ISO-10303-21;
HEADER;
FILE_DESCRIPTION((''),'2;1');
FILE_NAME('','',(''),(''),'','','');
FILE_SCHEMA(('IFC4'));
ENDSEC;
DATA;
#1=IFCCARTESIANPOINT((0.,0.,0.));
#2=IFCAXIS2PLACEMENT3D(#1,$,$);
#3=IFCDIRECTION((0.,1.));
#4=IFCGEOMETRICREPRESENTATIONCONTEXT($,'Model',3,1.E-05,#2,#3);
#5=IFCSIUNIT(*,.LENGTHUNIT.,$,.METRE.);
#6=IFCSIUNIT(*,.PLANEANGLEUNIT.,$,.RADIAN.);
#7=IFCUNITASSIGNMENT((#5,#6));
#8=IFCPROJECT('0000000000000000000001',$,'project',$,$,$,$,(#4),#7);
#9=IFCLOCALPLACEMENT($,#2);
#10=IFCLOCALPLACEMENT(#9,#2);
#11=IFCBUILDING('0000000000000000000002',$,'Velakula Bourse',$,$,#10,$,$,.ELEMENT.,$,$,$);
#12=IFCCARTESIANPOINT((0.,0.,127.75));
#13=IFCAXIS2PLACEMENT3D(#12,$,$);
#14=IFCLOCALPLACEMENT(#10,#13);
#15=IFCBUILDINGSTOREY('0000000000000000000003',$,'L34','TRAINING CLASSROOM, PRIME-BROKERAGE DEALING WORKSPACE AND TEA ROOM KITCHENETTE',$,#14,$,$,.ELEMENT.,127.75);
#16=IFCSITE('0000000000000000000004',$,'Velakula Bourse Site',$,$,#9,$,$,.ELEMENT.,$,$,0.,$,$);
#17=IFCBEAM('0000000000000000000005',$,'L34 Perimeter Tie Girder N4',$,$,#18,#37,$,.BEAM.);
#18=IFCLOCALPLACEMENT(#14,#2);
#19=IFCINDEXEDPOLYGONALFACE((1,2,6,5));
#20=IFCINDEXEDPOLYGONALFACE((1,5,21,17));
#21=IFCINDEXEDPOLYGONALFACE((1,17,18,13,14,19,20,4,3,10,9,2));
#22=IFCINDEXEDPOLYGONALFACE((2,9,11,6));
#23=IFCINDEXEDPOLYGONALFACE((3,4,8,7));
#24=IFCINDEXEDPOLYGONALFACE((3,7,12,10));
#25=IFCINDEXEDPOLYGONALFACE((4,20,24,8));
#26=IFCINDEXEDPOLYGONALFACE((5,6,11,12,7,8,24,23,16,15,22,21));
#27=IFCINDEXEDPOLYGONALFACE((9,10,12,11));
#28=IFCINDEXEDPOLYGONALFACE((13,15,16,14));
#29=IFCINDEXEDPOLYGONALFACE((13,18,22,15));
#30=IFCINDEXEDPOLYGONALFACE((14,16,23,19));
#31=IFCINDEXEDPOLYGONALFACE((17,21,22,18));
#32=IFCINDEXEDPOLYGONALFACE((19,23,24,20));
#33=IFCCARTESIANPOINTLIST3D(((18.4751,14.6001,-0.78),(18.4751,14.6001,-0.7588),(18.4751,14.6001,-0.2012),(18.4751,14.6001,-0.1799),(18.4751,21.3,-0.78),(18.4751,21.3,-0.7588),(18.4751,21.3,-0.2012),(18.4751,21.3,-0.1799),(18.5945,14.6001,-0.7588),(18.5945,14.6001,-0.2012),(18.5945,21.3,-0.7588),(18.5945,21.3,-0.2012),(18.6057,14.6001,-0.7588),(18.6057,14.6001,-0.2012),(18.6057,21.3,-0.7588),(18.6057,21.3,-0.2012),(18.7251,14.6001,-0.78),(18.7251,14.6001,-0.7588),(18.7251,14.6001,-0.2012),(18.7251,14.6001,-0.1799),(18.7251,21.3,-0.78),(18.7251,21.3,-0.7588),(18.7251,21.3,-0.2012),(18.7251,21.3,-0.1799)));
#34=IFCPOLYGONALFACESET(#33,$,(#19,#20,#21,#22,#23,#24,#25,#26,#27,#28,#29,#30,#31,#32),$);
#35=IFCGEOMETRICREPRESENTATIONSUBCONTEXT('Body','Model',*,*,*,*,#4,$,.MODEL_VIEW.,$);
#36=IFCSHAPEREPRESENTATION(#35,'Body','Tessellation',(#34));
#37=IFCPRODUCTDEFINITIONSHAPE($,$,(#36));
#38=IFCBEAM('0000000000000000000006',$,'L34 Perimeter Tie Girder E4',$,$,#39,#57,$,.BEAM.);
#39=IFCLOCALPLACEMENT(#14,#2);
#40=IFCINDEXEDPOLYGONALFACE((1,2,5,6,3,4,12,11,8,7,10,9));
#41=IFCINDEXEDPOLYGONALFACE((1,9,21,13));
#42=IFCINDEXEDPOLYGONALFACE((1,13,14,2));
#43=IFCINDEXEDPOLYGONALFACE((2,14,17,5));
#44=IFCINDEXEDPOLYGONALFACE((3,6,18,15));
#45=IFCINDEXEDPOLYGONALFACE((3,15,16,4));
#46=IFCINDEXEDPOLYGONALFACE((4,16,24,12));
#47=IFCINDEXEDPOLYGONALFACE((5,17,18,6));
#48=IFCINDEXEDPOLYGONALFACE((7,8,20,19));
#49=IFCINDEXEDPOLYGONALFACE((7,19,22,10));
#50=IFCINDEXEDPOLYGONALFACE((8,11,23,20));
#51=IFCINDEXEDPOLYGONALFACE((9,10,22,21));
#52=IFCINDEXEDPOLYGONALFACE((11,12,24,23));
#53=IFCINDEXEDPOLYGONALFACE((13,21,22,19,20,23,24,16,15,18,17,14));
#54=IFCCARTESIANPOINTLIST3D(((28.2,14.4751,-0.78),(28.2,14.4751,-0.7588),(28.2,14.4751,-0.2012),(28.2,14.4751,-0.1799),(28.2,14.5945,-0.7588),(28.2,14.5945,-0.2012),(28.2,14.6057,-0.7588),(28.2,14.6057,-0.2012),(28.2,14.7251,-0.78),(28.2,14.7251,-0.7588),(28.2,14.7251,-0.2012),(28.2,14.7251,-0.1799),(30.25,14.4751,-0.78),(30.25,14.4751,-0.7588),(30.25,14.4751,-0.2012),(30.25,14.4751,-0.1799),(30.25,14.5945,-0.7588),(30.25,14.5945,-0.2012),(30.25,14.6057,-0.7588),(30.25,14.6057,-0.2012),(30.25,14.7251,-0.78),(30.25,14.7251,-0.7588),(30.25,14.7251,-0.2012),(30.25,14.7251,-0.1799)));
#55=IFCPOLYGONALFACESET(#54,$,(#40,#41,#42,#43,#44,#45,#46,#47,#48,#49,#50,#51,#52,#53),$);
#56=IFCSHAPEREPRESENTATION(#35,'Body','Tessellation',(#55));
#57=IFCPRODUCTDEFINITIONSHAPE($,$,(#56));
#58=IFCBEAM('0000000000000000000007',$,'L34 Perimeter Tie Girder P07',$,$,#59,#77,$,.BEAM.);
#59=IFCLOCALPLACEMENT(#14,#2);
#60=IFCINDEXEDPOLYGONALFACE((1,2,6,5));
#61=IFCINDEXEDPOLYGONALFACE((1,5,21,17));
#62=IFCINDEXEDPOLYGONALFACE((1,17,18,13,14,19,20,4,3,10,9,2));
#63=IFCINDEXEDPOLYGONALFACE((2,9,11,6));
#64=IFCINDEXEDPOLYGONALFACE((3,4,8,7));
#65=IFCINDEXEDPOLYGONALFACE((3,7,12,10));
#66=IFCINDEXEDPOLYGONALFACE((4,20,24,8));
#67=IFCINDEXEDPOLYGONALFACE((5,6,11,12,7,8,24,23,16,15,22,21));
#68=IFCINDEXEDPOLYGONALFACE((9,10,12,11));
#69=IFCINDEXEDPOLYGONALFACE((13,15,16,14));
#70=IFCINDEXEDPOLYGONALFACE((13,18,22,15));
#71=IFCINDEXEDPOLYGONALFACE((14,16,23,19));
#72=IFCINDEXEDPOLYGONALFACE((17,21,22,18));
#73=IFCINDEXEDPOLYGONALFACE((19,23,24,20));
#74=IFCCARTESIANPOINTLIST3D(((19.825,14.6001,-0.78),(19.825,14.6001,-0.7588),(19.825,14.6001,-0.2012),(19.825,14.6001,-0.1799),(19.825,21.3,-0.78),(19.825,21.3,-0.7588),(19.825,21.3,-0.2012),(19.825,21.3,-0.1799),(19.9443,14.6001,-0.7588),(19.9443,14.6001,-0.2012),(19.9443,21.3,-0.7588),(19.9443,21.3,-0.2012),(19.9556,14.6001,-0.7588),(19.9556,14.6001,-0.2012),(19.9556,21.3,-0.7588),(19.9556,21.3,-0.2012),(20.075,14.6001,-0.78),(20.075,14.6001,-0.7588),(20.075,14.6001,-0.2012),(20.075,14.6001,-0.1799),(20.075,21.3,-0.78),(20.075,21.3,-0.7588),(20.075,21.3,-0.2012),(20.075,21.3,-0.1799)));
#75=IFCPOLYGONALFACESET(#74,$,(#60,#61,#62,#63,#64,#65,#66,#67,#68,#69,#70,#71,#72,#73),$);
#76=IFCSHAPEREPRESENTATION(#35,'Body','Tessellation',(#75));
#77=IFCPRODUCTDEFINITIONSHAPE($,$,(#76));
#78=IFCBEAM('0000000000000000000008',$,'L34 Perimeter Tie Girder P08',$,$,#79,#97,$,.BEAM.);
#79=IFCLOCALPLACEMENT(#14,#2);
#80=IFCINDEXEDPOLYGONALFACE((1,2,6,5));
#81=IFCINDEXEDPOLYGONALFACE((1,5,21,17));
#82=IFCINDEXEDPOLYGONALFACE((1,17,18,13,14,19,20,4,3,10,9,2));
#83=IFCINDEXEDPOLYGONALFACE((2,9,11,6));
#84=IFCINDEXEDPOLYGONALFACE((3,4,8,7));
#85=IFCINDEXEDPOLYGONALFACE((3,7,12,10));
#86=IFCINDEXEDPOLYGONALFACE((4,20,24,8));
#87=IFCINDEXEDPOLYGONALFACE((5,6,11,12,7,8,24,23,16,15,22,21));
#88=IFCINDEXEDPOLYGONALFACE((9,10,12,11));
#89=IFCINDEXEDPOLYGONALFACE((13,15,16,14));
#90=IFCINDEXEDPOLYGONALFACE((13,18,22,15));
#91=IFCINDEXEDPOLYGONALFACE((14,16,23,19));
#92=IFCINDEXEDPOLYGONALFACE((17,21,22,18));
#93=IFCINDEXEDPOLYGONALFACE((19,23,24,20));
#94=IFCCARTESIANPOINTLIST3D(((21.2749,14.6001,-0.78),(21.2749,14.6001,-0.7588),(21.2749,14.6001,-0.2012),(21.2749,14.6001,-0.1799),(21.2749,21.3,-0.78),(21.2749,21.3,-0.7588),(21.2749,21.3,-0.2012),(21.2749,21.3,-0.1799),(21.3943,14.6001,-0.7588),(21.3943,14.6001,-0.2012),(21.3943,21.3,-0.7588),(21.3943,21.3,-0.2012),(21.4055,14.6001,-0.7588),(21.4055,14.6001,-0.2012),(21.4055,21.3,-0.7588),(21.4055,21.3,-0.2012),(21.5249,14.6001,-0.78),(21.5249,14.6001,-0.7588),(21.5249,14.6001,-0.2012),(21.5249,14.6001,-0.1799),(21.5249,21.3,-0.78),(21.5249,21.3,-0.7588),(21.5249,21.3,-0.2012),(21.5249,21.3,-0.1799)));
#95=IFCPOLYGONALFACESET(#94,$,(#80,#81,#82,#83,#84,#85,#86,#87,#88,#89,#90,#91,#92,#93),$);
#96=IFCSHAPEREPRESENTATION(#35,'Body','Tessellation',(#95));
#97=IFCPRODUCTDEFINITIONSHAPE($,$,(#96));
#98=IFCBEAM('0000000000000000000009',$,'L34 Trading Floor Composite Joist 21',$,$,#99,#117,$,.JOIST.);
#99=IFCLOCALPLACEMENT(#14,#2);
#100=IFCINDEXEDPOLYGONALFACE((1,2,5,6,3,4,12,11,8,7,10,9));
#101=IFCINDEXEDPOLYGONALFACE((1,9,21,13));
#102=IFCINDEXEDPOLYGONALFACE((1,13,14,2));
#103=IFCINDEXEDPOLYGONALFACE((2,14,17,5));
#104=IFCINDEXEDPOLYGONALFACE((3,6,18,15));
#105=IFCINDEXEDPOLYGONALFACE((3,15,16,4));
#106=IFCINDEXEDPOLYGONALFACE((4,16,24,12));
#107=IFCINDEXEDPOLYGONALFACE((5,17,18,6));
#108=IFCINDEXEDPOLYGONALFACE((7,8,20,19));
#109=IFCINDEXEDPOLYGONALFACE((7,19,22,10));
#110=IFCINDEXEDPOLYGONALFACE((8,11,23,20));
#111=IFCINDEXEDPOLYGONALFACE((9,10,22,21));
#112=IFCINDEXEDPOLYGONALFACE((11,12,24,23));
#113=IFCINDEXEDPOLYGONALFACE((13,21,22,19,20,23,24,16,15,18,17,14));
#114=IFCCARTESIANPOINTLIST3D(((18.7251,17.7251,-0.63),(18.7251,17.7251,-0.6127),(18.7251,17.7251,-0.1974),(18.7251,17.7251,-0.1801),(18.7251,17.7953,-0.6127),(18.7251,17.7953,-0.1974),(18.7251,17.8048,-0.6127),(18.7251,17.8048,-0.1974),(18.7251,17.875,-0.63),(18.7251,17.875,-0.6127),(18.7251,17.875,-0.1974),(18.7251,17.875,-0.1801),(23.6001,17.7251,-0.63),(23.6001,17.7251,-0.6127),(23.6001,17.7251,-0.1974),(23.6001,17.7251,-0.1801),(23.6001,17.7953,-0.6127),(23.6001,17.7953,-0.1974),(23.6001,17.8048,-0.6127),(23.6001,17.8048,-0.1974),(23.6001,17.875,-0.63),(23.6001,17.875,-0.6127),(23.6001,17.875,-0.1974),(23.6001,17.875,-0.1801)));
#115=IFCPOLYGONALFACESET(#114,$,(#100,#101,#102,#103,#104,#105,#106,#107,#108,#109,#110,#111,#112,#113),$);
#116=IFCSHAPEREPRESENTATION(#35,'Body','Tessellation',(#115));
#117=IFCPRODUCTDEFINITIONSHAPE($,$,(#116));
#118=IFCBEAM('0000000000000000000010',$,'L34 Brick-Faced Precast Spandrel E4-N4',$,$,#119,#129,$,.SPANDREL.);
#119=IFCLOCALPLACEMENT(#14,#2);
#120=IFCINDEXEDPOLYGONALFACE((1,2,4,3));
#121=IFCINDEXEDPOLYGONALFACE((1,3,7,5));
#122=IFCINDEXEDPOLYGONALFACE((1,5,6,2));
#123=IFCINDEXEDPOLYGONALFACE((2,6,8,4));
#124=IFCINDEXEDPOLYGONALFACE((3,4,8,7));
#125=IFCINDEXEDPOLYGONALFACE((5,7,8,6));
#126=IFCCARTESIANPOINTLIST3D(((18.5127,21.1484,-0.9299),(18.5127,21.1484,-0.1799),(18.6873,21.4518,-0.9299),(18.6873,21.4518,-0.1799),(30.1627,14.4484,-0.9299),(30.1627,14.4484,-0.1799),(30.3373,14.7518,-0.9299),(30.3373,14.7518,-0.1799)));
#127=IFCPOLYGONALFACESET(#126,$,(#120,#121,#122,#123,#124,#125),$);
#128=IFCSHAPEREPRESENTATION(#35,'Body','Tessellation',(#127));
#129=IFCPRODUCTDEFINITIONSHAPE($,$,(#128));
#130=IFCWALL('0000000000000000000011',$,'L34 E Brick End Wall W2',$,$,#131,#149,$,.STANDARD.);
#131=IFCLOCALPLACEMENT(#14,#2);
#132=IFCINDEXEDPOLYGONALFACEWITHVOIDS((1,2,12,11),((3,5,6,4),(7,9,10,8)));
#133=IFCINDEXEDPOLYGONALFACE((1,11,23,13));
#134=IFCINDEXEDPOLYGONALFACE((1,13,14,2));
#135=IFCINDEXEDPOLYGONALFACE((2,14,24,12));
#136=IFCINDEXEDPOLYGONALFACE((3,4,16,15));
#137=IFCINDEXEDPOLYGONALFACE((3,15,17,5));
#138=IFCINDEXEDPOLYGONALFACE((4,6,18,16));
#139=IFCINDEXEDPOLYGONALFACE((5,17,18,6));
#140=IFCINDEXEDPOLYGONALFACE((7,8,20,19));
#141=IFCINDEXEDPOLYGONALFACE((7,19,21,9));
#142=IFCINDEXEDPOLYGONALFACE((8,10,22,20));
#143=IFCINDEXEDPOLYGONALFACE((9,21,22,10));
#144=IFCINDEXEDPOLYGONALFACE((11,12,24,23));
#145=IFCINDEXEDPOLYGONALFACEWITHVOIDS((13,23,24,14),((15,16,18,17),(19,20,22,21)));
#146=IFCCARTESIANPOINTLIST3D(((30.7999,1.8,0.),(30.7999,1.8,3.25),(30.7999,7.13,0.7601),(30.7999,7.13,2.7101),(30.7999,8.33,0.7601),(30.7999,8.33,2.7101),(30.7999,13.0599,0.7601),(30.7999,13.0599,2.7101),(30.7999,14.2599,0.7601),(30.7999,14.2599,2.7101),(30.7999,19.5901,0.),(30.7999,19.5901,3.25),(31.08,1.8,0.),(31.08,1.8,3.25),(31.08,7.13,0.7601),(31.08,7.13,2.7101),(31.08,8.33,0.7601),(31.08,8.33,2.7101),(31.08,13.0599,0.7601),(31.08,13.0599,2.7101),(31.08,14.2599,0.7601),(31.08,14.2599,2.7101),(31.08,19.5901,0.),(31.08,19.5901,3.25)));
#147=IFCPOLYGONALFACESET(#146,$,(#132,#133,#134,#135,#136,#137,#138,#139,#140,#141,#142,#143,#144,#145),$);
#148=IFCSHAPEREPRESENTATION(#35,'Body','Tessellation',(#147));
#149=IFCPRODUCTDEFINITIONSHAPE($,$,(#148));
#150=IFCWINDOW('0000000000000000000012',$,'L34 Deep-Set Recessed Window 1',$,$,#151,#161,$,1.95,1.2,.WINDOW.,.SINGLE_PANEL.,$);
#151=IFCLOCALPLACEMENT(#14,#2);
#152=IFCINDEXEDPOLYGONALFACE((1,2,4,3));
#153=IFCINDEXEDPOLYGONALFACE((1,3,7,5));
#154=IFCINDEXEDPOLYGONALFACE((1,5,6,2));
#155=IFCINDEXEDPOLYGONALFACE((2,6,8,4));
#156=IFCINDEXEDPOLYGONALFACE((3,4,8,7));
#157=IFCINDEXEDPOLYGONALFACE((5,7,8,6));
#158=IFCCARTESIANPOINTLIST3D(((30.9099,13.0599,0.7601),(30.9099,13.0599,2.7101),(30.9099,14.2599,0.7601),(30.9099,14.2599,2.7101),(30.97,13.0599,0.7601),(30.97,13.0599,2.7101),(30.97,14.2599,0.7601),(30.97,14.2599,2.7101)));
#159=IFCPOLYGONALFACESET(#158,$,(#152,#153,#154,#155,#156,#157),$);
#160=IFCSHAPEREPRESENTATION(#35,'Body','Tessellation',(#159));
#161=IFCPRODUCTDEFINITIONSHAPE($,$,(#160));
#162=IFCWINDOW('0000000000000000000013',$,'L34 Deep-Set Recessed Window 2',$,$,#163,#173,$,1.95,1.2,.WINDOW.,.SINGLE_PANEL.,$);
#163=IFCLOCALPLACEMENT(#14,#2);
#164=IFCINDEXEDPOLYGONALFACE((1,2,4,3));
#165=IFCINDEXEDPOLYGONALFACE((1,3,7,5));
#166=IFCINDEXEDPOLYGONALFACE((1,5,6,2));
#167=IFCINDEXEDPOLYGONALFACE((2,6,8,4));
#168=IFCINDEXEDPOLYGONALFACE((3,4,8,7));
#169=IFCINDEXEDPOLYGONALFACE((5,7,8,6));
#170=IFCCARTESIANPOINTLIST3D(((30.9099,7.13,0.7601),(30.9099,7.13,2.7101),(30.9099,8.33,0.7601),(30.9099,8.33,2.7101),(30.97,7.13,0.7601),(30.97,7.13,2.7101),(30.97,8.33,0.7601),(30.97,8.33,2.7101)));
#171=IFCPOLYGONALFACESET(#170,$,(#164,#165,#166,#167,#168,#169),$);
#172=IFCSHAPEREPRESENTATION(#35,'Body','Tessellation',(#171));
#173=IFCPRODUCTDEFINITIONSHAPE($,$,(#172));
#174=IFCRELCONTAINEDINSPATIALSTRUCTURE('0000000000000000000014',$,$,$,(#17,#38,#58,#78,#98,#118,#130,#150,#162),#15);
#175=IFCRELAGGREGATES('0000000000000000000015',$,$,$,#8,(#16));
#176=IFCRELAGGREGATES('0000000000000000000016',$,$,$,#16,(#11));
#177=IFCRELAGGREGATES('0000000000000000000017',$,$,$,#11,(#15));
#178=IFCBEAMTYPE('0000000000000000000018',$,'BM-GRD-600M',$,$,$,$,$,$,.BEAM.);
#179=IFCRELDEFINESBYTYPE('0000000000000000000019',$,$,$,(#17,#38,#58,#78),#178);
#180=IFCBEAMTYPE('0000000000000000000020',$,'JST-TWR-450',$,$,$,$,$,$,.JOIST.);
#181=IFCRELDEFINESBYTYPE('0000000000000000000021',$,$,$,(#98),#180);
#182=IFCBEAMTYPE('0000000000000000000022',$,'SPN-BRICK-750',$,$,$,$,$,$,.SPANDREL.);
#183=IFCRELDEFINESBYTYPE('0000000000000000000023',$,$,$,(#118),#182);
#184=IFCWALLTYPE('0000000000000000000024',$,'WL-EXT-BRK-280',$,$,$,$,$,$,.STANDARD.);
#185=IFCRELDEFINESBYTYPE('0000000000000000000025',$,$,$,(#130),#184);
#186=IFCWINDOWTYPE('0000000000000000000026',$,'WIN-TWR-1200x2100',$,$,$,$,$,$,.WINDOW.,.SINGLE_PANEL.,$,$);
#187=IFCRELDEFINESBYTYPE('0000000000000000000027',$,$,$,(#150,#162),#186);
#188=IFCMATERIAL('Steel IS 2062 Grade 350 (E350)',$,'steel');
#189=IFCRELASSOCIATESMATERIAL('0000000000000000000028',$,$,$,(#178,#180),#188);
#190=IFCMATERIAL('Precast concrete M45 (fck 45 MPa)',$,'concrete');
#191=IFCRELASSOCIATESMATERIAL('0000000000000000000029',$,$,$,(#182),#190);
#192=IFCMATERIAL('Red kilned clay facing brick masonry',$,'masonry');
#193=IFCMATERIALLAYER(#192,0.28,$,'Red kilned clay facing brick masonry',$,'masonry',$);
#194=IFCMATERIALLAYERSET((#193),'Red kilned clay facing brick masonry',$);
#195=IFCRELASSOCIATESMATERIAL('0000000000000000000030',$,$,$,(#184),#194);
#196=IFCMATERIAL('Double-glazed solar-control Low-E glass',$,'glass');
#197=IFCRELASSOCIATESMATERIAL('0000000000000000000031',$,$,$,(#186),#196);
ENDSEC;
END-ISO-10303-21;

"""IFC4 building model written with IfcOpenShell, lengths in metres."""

from ifc_helpers import new_model, si_unit, direction, frame, frame_2d, origin, origin_2d, place, context, subcontext, project, spatial, rectangle, i_section, extrude, material, layer, layer_set, material_profile, profile_set, type_object, element, fill, save


model = new_model("IFC4")

# Units and contexts
model_context = context("Model", 3, precision=1e-05, world=origin(), true_north=direction((0.0, 1.0)))
body_context = subcontext(model_context, "Body", "Model", "MODEL_VIEW")
ifc_project = project(units=[si_unit("LENGTHUNIT", "METRE"), si_unit("PLANEANGLEUNIT", "RADIAN")], contexts=[model_context])

# Site, building, storey
site_placement = place(None, origin())
site = spatial("IfcSite", under=ifc_project, at=site_placement, Name="Velakula Bourse Site", CompositionType="ELEMENT", RefElevation=0.0)
building_placement = place(site_placement, origin())
building = spatial("IfcBuilding", under=site, at=building_placement, Name="Velakula Bourse", CompositionType="ELEMENT")
storey_placement = place(building_placement, frame((0.0, 0.0, 127.75)))
storey = spatial("IfcBuildingStorey", under=building, at=storey_placement, Name="L34", Description="TRAINING CLASSROOM, PRIME-BROKERAGE DEALING WORKSPACE AND TEA ROOM KITCHENETTE", CompositionType="ELEMENT", Elevation=127.75)

# Shared definitions
ifc_material_1 = material(Name="Steel IS 2062 Grade 350 (E350)", Category="steel")
ifc_material_2 = material(Name="Precast concrete M45 (fck 45 MPa)", Category="concrete")

# Beams
ifc_material_profile_1 = material_profile(ifc_material_1, i_section(OverallWidth=0.25, OverallDepth=0.6001, WebThickness=0.0112, FlangeThickness=0.0212, at=origin_2d()), Name="Steel IS 2062 Grade 350 (E350)")
ifc_profile_set_1 = profile_set([ifc_material_profile_1], Name="Steel IS 2062 Grade 350 (E350)")
beam_type_1 = type_object("IfcBeamType", Name="BM-GRD-600M", PredefinedType="BEAM", material=ifc_profile_set_1)
beam_1_placement = place(storey_placement, frame((18.6001, 14.6001, -0.48), z_axis=(0.0, 1.0, 0.0), x_axis=(-1.0, 0.0, 0.0)))
element("IfcBeam", 1, at=beam_1_placement, inside=storey, type_object=beam_type_1, Name="L34 Perimeter Tie Girder N4", PredefinedType="BEAM", context=body_context, shape_type="SweptSolid", body=[
    extrude(i_section(OverallWidth=0.25, OverallDepth=0.6001, WebThickness=0.0112, FlangeThickness=0.0212, at=origin_2d()), origin(), (0.0, 0.0, 1.0), 6.7),
])
beam_2_placement = place(storey_placement, frame((28.2, 14.6001, -0.48), z_axis=(1.0, 0.0, 0.0), x_axis=(0.0, 1.0, 0.0)))
element("IfcBeam", 2, at=beam_2_placement, inside=storey, type_object=beam_type_1, Name="L34 Perimeter Tie Girder E4", PredefinedType="BEAM", context=body_context, shape_type="SweptSolid", body=[
    extrude(i_section(OverallWidth=0.25, OverallDepth=0.6001, WebThickness=0.0112, FlangeThickness=0.0212, at=origin_2d()), origin(), (0.0, 0.0, 1.0), 2.05),
])
for number, where, z_axis, x_axis, name in (
    (3, (19.95, 14.6001, -0.48), (0.0, 1.0, 0.0), (-1.0, 0.0, 0.0), "L34 Perimeter Tie Girder P07"),
    (4, (21.3999, 14.6001, -0.48), (0.0, 1.0, 0.0), (-1.0, 0.0, 0.0), "L34 Perimeter Tie Girder P08"),
):
    element("IfcBeam", number, at=place(storey_placement, frame(where, z_axis=z_axis, x_axis=x_axis)), inside=storey, type_object=beam_type_1, Name=name, PredefinedType="BEAM", context=body_context, shape_type="SweptSolid", body=[
        extrude(i_section(OverallWidth=0.25, OverallDepth=0.6001, WebThickness=0.0112, FlangeThickness=0.0212, at=origin_2d()), origin(), (0.0, 0.0, 1.0), 6.7),
    ])
ifc_material_profile_2 = material_profile(ifc_material_1, i_section(OverallWidth=0.1499, OverallDepth=0.45, WebThickness=0.0095, FlangeThickness=0.0173, at=origin_2d()), Name="Steel IS 2062 Grade 350 (E350)")
ifc_profile_set_2 = profile_set([ifc_material_profile_2], Name="Steel IS 2062 Grade 350 (E350)")
beam_type_2 = type_object("IfcBeamType", Name="JST-TWR-450", PredefinedType="JOIST", material=ifc_profile_set_2)
beam_3_placement = place(storey_placement, frame((18.7251, 17.8, -0.405), z_axis=(1.0, 0.0, 0.0), x_axis=(0.0, 1.0, 0.0)))
element("IfcBeam", 5, at=beam_3_placement, inside=storey, type_object=beam_type_2, Name="L34 Trading Floor Composite Joist 21", PredefinedType="JOIST", context=body_context, shape_type="SweptSolid", body=[
    extrude(i_section(OverallWidth=0.1499, OverallDepth=0.45, WebThickness=0.0095, FlangeThickness=0.0173, at=origin_2d()), origin(), (0.0, 0.0, 1.0), 4.875),
])
ifc_material_profile_3 = material_profile(ifc_material_2, rectangle(XDim=0.3501, YDim=0.75, at=origin_2d()), Name="Precast concrete M45 (fck 45 MPa)")
ifc_profile_set_3 = profile_set([ifc_material_profile_3], Name="Precast concrete M45 (fck 45 MPa)")
beam_type_3 = type_object("IfcBeamType", Name="SPN-BRICK-750", PredefinedType="SPANDREL", material=ifc_profile_set_3)
beam_4_placement = place(storey_placement, frame((30.25, 14.6001, -0.5549), z_axis=(-0.866866, 0.498541, 0.0), x_axis=(-0.498541, -0.866866, 0.0)))
element("IfcBeam", 6, at=beam_4_placement, inside=storey, type_object=beam_type_3, Name="L34 Brick-Faced Precast Spandrel E4-N4", PredefinedType="SPANDREL", context=body_context, shape_type="SweptSolid", body=[
    extrude(rectangle(XDim=0.3501, YDim=0.75, at=origin_2d()), origin(), (0.0, 0.0, 1.0), 13.4392),
])

# Wall, openings, windows
ifc_material_3 = material(Name="Red kilned clay facing brick masonry", Category="masonry")
ifc_layer = layer(ifc_material_3, 0.28, Name="Red kilned clay facing brick masonry", Category="masonry")
ifc_layer_set = layer_set([ifc_layer], Name="Red kilned clay facing brick masonry")
wall_type = type_object("IfcWallType", Name="WL-EXT-BRK-280", PredefinedType="STANDARD", material=ifc_layer_set)
wall_placement = place(storey_placement, frame((30.9399, 19.5901, 0.0), z_axis=(0.0, 0.0, 1.0), x_axis=(0.0, -1.0, 0.0)))
wall = element("IfcWall", 7, at=wall_placement, inside=storey, type_object=wall_type, Name="L34 E Brick End Wall W2", PredefinedType="STANDARD", context=body_context, shape_type="SweptSolid", body=[
    extrude(rectangle(XDim=17.79, YDim=0.28, at=frame_2d((8.895, 0.0))), origin(), (0.0, 0.0, 1.0), 3.25),
])
opening_1_placement = place(wall_placement, frame((5.3301, 0.0, 0.76)))
opening_1 = element("IfcOpeningElement", 8, at=opening_1_placement, cuts=wall, PredefinedType="OPENING", context=body_context, shape_type="SweptSolid", body=[
    extrude(rectangle(XDim=1.2, YDim=1.95, at=frame_2d((0.6001, 0.9751))), frame((0.0, 0.1499, 0.0), z_axis=(0.0, -1.0, 0.0), x_axis=(1.0, 0.0, 0.0)), (0.0, 0.0, 1.0), 0.3),
])
opening_2_placement = place(wall_placement, frame((11.26, 0.0, 0.76)))
opening_2 = element("IfcOpeningElement", 9, at=opening_2_placement, cuts=wall, PredefinedType="OPENING", context=body_context, shape_type="SweptSolid", body=[
    extrude(rectangle(XDim=1.2, YDim=1.95, at=frame_2d((0.6001, 0.9751))), frame((0.0, 0.1499, 0.0), z_axis=(0.0, -1.0, 0.0), x_axis=(1.0, 0.0, 0.0)), (0.0, 0.0, 1.0), 0.3),
])
ifc_material_4 = material(Name="Double-glazed solar-control Low-E glass", Category="glass")
window_type = type_object("IfcWindowType", Name="WIN-TWR-1200x2100", PartitioningType="SINGLE_PANEL", PredefinedType="WINDOW", material=ifc_material_4)
window_1_placement = place(opening_1_placement, origin())
window_1 = element("IfcWindow", 10, at=window_1_placement, inside=storey, type_object=window_type, Name="L34 Deep-Set Recessed Window 1", OverallHeight=1.95, OverallWidth=1.2, PartitioningType="SINGLE_PANEL", PredefinedType="WINDOW", context=body_context, shape_type="SweptSolid", body=[
    extrude(rectangle(XDim=1.2, YDim=1.95, at=frame_2d((0.6001, 0.9751))), frame((0.0, 0.03, 0.0), z_axis=(0.0, -1.0, 0.0), x_axis=(1.0, 0.0, 0.0)), (0.0, 0.0, 1.0), 0.0601),
])
fill(opening_1, window_1)
window_2_placement = place(opening_2_placement, origin())
window_2 = element("IfcWindow", 11, at=window_2_placement, inside=storey, type_object=window_type, Name="L34 Deep-Set Recessed Window 2", OverallHeight=1.95, OverallWidth=1.2, PartitioningType="SINGLE_PANEL", PredefinedType="WINDOW", context=body_context, shape_type="SweptSolid", body=[
    extrude(rectangle(XDim=1.2, YDim=1.95, at=frame_2d((0.6001, 0.9751))), frame((0.0, 0.03, 0.0), z_axis=(0.0, -1.0, 0.0), x_axis=(1.0, 0.0, 0.0)), (0.0, 0.0, 1.0), 0.0601),
])
fill(opening_2, window_2)

save(model, "model.ifc")
